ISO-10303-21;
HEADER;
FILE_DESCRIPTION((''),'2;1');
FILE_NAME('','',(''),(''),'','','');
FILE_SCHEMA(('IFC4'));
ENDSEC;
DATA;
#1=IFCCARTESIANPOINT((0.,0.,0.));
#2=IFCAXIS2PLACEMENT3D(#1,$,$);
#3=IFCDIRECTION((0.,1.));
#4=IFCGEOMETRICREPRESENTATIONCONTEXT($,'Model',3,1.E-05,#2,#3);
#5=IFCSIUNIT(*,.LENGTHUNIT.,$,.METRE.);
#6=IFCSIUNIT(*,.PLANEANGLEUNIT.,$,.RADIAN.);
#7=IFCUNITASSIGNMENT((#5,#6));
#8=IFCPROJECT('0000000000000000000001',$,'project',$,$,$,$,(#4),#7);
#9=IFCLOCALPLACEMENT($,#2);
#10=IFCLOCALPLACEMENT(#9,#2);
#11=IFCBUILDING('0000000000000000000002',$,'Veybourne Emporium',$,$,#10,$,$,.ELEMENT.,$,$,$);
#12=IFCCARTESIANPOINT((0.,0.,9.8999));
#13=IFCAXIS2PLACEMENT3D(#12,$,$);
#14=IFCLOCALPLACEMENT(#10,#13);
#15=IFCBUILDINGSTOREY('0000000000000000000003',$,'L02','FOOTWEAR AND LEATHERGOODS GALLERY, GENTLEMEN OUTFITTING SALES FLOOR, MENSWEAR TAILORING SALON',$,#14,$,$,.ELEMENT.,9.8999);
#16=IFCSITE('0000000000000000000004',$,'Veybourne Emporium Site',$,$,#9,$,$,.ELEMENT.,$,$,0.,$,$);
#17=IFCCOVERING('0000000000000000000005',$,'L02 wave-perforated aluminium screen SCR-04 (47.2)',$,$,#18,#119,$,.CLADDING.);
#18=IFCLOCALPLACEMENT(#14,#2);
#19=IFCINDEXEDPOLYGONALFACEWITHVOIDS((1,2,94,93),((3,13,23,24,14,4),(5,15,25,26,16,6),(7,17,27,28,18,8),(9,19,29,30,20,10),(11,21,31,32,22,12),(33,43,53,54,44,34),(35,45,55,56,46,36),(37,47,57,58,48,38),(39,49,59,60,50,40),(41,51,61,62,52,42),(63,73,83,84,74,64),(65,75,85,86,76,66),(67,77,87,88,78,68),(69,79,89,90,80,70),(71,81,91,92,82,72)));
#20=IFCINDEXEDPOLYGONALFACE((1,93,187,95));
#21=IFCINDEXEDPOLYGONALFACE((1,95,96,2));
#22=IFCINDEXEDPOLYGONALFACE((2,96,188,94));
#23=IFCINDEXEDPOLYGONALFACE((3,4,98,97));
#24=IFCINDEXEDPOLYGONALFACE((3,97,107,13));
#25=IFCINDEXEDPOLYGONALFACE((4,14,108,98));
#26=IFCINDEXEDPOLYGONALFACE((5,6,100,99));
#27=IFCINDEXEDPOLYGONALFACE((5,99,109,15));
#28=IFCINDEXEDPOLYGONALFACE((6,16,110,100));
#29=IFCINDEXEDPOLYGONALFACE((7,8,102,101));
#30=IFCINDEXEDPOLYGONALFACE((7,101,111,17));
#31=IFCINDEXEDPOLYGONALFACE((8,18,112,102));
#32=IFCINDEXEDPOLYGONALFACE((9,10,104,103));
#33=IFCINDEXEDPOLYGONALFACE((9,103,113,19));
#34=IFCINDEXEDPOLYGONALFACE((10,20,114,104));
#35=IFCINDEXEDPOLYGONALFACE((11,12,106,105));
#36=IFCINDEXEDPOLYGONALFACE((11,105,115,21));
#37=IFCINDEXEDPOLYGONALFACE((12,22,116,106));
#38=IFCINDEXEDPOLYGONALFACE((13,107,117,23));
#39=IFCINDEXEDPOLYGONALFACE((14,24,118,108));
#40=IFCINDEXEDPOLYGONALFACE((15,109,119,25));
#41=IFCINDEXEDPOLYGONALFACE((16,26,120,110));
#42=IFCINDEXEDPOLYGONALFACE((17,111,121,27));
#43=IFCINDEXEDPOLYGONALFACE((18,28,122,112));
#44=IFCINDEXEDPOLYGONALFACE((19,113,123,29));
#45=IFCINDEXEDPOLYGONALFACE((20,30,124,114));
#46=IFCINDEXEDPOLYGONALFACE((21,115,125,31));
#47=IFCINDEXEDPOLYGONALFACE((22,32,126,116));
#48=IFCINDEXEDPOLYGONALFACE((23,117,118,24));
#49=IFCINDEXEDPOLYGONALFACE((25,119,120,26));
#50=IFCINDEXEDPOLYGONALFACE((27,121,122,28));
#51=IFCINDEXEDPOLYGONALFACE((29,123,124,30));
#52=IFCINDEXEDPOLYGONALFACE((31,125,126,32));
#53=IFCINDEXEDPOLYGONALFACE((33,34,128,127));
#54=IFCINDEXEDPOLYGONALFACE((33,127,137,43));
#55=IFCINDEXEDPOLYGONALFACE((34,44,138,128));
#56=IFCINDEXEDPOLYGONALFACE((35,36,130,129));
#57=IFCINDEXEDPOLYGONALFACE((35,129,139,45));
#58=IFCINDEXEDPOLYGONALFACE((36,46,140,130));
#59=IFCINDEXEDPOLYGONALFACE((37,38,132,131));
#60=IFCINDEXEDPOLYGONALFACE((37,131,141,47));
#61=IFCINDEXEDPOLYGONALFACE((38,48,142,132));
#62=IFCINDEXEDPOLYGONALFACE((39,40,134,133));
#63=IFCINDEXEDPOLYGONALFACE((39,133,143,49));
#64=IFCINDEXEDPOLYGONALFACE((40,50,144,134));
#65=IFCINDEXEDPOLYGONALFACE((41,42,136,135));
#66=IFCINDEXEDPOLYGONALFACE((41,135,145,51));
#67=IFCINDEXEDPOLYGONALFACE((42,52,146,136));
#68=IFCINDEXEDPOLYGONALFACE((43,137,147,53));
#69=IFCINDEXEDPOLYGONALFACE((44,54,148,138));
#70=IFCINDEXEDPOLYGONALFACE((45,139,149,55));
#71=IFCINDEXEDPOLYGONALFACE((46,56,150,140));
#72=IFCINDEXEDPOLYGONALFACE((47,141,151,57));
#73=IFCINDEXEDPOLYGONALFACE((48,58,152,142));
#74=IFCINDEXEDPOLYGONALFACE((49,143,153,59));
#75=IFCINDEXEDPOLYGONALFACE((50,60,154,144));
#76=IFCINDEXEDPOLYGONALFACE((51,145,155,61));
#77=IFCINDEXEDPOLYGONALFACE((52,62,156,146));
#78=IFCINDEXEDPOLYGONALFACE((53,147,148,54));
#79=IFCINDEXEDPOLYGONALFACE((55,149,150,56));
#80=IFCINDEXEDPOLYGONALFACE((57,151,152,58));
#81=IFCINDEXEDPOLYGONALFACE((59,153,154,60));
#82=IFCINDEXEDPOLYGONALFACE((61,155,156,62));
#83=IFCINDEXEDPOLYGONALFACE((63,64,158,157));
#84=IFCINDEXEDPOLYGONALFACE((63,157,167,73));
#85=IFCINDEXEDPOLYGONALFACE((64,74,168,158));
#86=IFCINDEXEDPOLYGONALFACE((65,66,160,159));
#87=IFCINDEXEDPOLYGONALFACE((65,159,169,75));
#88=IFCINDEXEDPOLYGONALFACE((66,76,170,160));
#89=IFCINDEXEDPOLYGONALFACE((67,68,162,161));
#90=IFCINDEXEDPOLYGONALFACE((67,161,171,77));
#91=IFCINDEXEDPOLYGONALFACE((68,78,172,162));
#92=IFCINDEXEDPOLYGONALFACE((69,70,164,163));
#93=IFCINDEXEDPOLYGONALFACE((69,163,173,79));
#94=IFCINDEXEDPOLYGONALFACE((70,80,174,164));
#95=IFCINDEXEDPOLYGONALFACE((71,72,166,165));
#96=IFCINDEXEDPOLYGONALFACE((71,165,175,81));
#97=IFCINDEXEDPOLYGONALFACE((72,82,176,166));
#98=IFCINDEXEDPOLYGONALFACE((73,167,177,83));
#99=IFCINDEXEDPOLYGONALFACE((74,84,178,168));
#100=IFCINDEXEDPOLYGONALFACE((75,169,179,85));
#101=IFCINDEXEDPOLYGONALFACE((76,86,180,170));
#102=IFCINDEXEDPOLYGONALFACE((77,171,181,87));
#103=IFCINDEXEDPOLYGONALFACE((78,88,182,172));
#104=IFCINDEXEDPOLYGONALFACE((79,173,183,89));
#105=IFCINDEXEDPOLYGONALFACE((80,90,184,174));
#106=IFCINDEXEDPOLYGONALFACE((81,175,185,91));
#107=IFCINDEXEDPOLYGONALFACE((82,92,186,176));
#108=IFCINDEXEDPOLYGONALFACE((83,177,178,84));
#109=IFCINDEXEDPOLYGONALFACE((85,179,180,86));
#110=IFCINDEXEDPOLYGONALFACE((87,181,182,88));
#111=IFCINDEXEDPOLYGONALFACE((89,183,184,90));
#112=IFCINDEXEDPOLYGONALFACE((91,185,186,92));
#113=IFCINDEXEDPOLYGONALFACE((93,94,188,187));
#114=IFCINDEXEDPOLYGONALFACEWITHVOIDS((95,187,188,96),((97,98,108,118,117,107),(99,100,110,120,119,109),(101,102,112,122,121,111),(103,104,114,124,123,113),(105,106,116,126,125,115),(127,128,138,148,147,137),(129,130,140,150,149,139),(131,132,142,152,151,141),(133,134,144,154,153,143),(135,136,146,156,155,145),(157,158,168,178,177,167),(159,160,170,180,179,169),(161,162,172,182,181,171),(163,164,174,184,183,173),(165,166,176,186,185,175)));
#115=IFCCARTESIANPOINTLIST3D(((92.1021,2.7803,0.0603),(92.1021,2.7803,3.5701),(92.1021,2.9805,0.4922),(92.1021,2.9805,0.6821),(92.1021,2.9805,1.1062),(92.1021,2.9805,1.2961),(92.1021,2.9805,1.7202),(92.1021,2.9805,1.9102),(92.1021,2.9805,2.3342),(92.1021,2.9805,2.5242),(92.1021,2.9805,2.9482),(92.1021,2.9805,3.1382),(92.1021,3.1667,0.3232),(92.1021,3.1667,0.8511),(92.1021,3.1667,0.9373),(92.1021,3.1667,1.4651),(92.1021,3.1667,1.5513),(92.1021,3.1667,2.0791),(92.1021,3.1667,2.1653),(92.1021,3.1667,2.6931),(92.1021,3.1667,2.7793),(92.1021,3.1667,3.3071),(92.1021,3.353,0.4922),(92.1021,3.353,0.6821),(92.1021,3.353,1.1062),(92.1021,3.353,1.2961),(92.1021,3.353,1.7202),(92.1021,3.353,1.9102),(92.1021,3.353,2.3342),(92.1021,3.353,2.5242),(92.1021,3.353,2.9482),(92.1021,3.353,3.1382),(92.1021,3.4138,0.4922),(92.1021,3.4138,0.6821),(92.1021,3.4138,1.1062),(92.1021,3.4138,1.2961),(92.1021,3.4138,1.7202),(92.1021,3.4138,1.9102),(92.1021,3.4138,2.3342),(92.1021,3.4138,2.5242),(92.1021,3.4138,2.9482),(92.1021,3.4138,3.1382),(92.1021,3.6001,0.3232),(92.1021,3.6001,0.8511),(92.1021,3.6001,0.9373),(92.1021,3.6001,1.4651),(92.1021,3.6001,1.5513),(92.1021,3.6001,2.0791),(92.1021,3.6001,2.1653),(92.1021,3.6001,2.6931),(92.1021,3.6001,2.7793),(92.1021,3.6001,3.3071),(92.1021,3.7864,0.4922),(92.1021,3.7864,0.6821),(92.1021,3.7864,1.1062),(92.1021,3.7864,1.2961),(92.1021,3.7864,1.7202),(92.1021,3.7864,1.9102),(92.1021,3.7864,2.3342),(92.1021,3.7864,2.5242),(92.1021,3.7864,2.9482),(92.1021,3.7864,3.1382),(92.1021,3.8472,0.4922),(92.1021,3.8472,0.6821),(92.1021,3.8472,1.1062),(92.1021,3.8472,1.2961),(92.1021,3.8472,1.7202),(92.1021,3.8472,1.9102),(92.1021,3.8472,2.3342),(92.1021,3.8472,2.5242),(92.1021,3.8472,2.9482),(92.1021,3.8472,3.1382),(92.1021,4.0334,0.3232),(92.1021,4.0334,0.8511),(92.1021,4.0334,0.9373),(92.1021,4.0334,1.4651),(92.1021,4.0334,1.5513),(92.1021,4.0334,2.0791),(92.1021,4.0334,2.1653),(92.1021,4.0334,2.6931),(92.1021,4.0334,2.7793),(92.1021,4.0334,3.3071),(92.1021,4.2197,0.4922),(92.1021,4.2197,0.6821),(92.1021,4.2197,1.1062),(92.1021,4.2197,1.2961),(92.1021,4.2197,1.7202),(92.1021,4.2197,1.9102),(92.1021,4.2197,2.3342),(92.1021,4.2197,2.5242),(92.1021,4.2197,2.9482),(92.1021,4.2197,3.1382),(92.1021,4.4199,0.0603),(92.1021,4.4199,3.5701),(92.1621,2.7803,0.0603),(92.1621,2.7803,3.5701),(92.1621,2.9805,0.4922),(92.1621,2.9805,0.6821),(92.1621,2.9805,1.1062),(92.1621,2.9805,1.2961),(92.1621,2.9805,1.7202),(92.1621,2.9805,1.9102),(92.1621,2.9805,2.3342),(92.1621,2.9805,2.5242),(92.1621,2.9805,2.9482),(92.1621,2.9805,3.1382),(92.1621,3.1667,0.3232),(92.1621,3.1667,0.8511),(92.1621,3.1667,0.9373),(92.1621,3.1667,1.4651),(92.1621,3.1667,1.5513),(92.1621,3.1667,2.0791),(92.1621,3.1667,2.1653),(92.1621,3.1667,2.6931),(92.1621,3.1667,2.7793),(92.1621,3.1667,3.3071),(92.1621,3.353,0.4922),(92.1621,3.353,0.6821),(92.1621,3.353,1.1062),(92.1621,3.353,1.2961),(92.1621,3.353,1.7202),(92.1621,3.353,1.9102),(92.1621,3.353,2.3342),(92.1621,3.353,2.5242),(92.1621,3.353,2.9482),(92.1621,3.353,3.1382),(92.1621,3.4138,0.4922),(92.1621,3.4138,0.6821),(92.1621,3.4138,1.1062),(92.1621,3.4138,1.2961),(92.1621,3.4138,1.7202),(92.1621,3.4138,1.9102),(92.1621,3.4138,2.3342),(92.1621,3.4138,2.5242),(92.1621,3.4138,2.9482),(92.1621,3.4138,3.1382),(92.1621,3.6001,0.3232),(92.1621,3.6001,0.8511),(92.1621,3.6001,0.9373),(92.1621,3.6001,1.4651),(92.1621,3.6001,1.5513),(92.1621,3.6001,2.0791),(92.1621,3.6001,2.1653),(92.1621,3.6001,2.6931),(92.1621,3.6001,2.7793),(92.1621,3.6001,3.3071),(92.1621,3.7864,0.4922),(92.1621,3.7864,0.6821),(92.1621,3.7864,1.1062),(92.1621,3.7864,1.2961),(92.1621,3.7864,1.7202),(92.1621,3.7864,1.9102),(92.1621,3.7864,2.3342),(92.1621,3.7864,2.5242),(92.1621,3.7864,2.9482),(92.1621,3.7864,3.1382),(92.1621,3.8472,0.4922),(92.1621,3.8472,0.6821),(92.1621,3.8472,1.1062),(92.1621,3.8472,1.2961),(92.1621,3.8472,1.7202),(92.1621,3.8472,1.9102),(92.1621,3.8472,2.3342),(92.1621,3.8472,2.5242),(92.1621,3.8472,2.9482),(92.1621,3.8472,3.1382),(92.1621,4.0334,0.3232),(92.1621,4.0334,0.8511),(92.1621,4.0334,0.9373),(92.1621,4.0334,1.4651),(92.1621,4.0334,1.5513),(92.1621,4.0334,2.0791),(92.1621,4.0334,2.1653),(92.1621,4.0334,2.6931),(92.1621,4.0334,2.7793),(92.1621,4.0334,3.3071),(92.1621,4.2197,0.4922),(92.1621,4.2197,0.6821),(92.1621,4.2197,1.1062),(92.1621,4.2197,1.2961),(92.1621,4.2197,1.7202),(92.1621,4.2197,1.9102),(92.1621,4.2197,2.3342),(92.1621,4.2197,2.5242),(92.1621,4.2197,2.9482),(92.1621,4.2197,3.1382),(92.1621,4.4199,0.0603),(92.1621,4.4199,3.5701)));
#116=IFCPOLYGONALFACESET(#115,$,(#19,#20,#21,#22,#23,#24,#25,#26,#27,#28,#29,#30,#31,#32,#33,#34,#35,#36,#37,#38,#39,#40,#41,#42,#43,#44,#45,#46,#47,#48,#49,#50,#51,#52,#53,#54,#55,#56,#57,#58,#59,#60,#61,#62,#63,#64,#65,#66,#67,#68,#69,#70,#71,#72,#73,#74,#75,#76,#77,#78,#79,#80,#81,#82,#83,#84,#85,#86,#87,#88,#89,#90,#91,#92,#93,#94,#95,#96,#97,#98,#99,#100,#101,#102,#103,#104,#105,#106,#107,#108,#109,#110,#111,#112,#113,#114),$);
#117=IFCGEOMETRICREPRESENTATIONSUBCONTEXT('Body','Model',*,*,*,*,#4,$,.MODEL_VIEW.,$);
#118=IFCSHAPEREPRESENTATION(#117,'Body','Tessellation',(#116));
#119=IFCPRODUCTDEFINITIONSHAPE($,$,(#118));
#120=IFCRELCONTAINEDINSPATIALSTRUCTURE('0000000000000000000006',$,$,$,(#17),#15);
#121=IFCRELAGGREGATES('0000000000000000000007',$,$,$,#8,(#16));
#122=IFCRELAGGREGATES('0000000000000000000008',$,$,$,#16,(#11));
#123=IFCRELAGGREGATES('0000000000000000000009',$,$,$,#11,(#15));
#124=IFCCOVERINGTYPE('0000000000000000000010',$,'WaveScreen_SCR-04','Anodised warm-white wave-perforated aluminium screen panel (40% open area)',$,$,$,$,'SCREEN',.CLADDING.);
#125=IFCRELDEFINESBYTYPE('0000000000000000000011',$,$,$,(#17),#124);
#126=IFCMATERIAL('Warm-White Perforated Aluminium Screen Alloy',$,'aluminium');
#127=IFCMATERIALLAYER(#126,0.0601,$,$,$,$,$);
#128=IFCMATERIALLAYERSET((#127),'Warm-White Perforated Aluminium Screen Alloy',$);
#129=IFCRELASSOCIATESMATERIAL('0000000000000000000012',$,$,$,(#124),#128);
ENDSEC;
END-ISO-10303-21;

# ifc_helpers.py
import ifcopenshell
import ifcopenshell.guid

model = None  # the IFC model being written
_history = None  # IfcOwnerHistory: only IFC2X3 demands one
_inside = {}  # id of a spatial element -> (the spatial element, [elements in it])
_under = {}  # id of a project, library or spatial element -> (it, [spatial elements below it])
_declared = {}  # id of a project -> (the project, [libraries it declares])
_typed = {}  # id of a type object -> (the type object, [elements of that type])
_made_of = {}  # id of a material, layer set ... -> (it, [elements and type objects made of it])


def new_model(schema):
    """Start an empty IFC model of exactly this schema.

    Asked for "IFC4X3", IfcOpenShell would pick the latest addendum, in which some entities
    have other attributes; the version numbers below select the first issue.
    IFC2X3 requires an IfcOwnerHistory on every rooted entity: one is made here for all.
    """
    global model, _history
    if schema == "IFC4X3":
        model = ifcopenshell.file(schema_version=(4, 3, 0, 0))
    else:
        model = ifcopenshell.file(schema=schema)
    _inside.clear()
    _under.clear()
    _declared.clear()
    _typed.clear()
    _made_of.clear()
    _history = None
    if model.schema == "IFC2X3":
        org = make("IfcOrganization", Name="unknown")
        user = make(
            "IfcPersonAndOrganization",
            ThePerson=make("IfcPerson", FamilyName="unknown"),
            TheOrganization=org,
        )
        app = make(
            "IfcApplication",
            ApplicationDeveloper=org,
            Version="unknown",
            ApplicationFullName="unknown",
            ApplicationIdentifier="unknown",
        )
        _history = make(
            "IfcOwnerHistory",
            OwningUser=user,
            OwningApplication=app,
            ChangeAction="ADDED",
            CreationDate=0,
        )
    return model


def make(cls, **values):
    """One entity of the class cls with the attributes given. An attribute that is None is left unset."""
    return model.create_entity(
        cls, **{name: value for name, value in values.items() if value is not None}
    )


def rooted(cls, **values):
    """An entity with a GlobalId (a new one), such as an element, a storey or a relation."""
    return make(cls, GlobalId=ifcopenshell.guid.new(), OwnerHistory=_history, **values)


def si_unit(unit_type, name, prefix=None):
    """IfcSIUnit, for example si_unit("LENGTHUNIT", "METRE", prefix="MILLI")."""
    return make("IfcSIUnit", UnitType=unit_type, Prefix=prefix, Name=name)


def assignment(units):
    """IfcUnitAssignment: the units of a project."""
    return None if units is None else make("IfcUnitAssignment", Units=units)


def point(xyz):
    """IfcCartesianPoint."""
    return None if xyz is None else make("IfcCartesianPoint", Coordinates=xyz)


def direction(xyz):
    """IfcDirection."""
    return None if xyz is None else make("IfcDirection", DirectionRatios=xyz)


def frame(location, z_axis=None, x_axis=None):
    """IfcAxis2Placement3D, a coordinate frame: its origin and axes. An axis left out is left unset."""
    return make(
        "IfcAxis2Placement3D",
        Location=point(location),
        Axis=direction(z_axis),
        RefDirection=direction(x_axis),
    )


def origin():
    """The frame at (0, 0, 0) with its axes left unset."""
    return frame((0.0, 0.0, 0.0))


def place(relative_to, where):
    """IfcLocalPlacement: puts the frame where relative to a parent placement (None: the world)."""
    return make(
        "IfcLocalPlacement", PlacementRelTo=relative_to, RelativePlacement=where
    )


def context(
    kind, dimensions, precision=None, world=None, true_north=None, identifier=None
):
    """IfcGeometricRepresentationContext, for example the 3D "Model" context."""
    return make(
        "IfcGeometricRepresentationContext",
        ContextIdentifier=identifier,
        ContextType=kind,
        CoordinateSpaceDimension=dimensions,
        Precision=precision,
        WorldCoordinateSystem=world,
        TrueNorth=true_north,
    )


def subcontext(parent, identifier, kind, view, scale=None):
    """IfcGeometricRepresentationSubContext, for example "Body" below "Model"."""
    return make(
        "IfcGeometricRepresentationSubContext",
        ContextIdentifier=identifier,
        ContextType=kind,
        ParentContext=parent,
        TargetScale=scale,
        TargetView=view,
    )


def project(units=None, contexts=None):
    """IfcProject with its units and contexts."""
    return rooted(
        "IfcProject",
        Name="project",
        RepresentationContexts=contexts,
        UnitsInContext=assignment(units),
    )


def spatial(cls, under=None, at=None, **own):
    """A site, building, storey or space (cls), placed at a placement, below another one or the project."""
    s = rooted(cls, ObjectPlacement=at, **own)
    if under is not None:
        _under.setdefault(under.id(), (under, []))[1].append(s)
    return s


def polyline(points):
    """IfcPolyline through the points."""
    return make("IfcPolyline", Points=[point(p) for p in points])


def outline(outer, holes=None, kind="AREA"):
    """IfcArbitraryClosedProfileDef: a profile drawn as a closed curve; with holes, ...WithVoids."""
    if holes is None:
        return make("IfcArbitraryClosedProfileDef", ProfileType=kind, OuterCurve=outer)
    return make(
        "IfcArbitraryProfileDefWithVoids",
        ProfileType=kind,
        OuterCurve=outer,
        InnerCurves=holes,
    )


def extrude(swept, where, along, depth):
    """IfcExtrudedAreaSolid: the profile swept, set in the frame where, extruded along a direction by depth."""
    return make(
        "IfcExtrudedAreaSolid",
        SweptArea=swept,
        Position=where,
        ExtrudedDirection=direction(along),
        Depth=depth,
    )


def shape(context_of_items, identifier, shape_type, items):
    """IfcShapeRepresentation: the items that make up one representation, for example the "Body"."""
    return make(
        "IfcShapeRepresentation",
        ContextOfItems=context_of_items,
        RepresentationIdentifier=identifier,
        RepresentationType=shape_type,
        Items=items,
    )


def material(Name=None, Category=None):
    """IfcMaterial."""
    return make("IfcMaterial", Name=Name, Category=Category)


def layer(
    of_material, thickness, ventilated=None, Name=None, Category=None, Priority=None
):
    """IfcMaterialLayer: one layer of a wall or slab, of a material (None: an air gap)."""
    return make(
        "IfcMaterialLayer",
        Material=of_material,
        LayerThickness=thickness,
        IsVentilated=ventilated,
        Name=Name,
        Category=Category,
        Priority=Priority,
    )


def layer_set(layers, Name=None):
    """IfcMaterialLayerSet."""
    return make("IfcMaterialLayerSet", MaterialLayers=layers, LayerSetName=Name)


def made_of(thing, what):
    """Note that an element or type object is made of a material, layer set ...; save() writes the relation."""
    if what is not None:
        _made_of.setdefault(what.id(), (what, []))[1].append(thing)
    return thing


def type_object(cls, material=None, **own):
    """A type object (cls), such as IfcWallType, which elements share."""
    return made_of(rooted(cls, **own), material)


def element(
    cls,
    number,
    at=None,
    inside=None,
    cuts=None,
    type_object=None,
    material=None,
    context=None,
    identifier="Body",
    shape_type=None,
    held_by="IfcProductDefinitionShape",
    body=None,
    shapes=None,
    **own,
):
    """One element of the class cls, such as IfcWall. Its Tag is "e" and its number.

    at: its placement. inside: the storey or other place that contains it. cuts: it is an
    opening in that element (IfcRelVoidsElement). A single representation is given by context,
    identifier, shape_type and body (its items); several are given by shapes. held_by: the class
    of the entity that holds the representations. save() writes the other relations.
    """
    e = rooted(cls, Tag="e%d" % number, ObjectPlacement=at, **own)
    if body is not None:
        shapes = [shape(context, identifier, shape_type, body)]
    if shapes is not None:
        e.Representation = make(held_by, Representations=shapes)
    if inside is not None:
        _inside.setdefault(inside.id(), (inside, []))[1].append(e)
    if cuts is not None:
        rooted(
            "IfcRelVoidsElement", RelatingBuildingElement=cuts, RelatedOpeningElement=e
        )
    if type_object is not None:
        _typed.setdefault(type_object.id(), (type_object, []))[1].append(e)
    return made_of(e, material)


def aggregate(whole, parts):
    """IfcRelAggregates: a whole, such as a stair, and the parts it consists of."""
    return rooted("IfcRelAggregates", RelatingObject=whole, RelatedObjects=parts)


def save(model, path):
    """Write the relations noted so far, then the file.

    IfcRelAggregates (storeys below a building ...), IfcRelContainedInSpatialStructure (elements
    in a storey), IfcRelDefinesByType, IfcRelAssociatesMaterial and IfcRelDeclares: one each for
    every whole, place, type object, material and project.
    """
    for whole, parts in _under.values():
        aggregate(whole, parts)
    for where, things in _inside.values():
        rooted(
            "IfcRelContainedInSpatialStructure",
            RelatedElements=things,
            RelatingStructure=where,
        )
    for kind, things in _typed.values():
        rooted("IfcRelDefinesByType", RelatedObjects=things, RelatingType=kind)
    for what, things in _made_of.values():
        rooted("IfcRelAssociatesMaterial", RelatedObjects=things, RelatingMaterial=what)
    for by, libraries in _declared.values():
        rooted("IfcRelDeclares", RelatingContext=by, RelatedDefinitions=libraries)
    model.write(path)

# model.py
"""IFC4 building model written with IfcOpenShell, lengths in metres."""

from ifc_helpers import new_model, si_unit, direction, frame, origin, place, context, subcontext, project, spatial, polyline, outline, extrude, material, layer, layer_set, type_object, element, save


model = new_model("IFC4")

# Units and contexts
model_context = context("Model", 3, precision=1e-05, world=origin(), true_north=direction((0.0, 1.0)))
body_context = subcontext(model_context, "Body", "Model", "MODEL_VIEW")
ifc_project = project(units=[si_unit("LENGTHUNIT", "METRE"), si_unit("PLANEANGLEUNIT", "RADIAN")], contexts=[model_context])

# Site, building, storey
site_placement = place(None, origin())
site = spatial("IfcSite", under=ifc_project, at=site_placement, Name="Veybourne Emporium Site", CompositionType="ELEMENT", RefElevation=0.0)
building_placement = place(site_placement, origin())
building = spatial("IfcBuilding", under=site, at=building_placement, Name="Veybourne Emporium", CompositionType="ELEMENT")
storey_placement = place(building_placement, frame((0.0, 0.0, 9.8999)))
storey = spatial("IfcBuildingStorey", under=building, at=storey_placement, Name="L02", Description="FOOTWEAR AND LEATHERGOODS GALLERY, GENTLEMEN OUTFITTING SALES FLOOR, MENSWEAR TAILORING SALON", CompositionType="ELEMENT", Elevation=9.8999)

# Covering
ifc_material_1 = material(Name="Warm-White Perforated Aluminium Screen Alloy", Category="aluminium")
ifc_layer_1 = layer(ifc_material_1, 0.0601)
ifc_layer_set_1 = layer_set([ifc_layer_1], Name="Warm-White Perforated Aluminium Screen Alloy")
covering_type_1 = type_object("IfcCoveringType", Name="WaveScreen_SCR-04", Description="Anodised warm-white wave-perforated aluminium screen panel (40% open area)", ElementType="SCREEN", PredefinedType="CLADDING", material=ifc_layer_set_1)
covering_1_placement = place(storey_placement, frame((92.1021, 3.6001, 1.8152), z_axis=(1.0, 0.0, 0.0), x_axis=(0.0, 1.0, 0.0)))
element("IfcCovering", 1, at=covering_1_placement, inside=storey, type_object=covering_type_1, Name="L02 wave-perforated aluminium screen SCR-04 (47.2)", PredefinedType="CLADDING", context=body_context, shape_type="SweptSolid", body=[
    extrude(outline(polyline([(-0.8198, -1.7549), (0.8198, -1.7549), (0.8198, 1.7549), (-0.8198, 1.7549), (-0.8198, -1.7549)]), holes=[polyline([(-0.4333, -0.9641), (-0.2471, -1.1331), (-0.2471, -1.323), (-0.4333, -1.4919), (-0.6196, -1.323), (-0.6196, -1.1331), (-0.4333, -0.9641)]), polyline([(-0.4333, -0.3501), (-0.2471, -0.519), (-0.2471, -0.709), (-0.4333, -0.8779), (-0.6196, -0.709), (-0.6196, -0.519), (-0.4333, -0.3501)]), polyline([(-0.4333, 0.2639), (-0.2471, 0.095), (-0.2471, -0.095), (-0.4333, -0.2639), (-0.6196, -0.095), (-0.6196, 0.095), (-0.4333, 0.2639)]), polyline([(-0.4333, 0.8779), (-0.2471, 0.709), (-0.2471, 0.519), (-0.4333, 0.3501), (-0.6196, 0.519), (-0.6196, 0.709), (-0.4333, 0.8779)]), polyline([(-0.4333, 1.4919), (-0.2471, 1.323), (-0.2471, 1.1331), (-0.4333, 0.9641), (-0.6196, 1.1331), (-0.6196, 1.323), (-0.4333, 1.4919)]), polyline([(0.0, -0.9641), (0.1863, -1.1331), (0.1863, -1.323), (0.0, -1.4919), (-0.1863, -1.323), (-0.1863, -1.1331), (0.0, -0.9641)]), polyline([(0.0, -0.3501), (0.1863, -0.519), (0.1863, -0.709), (0.0, -0.8779), (-0.1863, -0.709), (-0.1863, -0.519), (0.0, -0.3501)]), polyline([(0.0, 0.2639), (0.1863, 0.095), (0.1863, -0.095), (0.0, -0.2639), (-0.1863, -0.095), (-0.1863, 0.095), (0.0, 0.2639)]), polyline([(0.0, 0.8779), (0.1863, 0.709), (0.1863, 0.519), (0.0, 0.3501), (-0.1863, 0.519), (-0.1863, 0.709), (0.0, 0.8779)]), polyline([(0.0, 1.4919), (0.1863, 1.323), (0.1863, 1.1331), (0.0, 0.9641), (-0.1863, 1.1331), (-0.1863, 1.323), (0.0, 1.4919)]), polyline([(0.4333, -0.9641), (0.6196, -1.1331), (0.6196, -1.323), (0.4333, -1.4919), (0.2471, -1.323), (0.2471, -1.1331), (0.4333, -0.9641)]), polyline([(0.4333, -0.3501), (0.6196, -0.519), (0.6196, -0.709), (0.4333, -0.8779), (0.2471, -0.709), (0.2471, -0.519), (0.4333, -0.3501)]), polyline([(0.4333, 0.2639), (0.6196, 0.095), (0.6196, -0.095), (0.4333, -0.2639), (0.2471, -0.095), (0.2471, 0.095), (0.4333, 0.2639)]), polyline([(0.4333, 0.8779), (0.6196, 0.709), (0.6196, 0.519), (0.4333, 0.3501), (0.2471, 0.519), (0.2471, 0.709), (0.4333, 0.8779)]), polyline([(0.4333, 1.4919), (0.6196, 1.323), (0.6196, 1.1331), (0.4333, 0.9641), (0.2471, 1.1331), (0.2471, 1.323), (0.4333, 1.4919)])]), origin(), (0.0, 0.0, 1.0), 0.0601),
])

save(model, "model.ifc")
